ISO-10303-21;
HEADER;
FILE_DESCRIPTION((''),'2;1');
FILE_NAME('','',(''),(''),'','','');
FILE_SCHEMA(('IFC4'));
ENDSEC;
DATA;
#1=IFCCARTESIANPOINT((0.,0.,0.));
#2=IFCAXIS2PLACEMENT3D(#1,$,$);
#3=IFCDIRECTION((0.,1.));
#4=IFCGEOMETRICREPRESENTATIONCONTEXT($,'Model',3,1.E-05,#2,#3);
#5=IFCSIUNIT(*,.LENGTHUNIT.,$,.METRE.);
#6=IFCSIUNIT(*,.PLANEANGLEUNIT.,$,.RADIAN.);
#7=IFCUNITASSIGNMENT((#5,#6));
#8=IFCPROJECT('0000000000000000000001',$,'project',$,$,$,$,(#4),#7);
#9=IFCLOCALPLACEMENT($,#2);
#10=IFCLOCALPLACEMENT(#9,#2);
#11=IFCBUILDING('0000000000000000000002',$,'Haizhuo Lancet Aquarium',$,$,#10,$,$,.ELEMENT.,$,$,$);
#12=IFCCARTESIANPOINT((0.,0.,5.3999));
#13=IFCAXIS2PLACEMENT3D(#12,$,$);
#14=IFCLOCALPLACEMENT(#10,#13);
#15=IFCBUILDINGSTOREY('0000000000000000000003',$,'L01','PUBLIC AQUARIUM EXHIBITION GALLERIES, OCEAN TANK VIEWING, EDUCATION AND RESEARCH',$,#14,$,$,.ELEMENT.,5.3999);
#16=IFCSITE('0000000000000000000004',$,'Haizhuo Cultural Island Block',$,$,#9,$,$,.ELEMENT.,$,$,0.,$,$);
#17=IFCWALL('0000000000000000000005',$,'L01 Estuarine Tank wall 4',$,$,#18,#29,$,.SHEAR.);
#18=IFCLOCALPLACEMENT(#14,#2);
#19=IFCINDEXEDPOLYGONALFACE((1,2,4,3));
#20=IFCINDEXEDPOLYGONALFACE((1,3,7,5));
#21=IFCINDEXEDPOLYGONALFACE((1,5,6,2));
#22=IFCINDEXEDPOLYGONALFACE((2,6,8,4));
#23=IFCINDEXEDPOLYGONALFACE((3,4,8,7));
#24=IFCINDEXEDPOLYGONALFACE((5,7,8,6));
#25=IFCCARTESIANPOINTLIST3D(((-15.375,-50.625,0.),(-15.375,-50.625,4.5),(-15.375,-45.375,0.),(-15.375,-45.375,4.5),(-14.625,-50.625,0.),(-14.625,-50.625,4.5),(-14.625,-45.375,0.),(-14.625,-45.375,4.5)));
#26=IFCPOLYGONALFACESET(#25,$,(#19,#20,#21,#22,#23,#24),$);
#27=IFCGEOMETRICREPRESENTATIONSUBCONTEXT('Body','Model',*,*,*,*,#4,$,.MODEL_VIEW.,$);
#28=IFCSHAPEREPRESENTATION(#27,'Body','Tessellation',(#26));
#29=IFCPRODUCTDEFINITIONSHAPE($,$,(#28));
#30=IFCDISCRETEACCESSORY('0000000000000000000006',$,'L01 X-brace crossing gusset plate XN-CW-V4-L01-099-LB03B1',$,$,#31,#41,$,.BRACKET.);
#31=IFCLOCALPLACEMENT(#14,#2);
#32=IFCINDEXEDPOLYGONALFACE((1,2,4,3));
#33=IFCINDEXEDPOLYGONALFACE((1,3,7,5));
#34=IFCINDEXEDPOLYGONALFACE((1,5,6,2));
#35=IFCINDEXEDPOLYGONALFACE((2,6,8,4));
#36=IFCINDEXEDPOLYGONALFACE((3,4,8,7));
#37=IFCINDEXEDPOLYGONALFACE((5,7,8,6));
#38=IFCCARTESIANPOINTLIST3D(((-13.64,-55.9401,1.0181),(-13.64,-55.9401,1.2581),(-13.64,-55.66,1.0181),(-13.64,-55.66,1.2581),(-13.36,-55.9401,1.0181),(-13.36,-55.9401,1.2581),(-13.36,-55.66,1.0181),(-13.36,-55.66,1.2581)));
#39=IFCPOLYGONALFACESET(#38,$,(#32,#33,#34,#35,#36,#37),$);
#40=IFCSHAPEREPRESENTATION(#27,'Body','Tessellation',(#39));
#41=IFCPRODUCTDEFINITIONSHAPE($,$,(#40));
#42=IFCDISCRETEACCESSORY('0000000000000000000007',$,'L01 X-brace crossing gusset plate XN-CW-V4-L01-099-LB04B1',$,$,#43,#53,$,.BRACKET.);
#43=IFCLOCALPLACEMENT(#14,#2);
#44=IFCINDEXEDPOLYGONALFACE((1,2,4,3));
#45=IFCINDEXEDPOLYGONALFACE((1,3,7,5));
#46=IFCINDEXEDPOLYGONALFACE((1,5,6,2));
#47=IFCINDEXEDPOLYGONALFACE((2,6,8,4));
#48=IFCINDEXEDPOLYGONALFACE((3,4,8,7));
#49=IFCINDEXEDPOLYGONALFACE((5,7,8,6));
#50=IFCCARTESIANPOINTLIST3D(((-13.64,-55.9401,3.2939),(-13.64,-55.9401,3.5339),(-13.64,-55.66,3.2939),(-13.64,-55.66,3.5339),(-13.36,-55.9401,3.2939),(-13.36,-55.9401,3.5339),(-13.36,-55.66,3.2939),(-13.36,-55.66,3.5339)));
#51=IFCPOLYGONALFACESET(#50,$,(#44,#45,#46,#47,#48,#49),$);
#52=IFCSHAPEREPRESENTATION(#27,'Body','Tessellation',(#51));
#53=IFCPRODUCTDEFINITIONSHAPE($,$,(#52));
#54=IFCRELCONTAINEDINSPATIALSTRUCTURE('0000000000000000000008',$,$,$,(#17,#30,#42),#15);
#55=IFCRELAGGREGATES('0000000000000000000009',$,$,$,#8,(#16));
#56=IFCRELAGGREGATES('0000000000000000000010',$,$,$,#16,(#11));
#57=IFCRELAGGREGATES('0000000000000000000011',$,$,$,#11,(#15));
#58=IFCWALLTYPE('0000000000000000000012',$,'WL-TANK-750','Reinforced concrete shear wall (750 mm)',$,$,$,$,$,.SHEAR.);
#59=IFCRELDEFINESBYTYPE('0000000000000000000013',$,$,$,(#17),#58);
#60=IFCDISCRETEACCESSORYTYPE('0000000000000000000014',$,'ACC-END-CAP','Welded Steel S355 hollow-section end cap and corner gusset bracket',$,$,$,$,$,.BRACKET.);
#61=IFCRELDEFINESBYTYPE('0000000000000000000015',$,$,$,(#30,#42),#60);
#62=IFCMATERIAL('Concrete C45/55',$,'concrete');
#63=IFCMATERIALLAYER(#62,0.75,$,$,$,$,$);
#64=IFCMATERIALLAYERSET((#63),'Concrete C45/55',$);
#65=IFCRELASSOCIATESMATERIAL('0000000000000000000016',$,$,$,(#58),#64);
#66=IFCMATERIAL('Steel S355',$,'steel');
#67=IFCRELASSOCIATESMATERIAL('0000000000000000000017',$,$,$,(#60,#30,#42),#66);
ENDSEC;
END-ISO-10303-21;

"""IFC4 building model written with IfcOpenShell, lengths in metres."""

from ifc_helpers import new_model, si_unit, direction, frame, frame_2d, origin, origin_2d, place, context, subcontext, project, spatial, rectangle, extrude, material, layer, layer_set, type_object, element, save


model = new_model("IFC4")

# Units and contexts
model_context = context("Model", 3, precision=1e-05, world=origin(), true_north=direction((0.0, 1.0)))
body_context = subcontext(model_context, "Body", "Model", "MODEL_VIEW")
ifc_project = project(units=[si_unit("LENGTHUNIT", "METRE"), si_unit("PLANEANGLEUNIT", "RADIAN")], contexts=[model_context])

# Site, building, storey
site_placement = place(None, origin())
site = spatial("IfcSite", under=ifc_project, at=site_placement, Name="Haizhuo Cultural Island Block", CompositionType="ELEMENT", RefElevation=0.0)
building_placement = place(site_placement, origin())
building = spatial("IfcBuilding", under=site, at=building_placement, Name="Haizhuo Lancet Aquarium", CompositionType="ELEMENT")
storey_placement = place(building_placement, frame((0.0, 0.0, 5.3999)))
storey = spatial("IfcBuildingStorey", under=building, at=storey_placement, Name="L01", Description="PUBLIC AQUARIUM EXHIBITION GALLERIES, OCEAN TANK VIEWING, EDUCATION AND RESEARCH", CompositionType="ELEMENT", Elevation=5.3999)

# Shared definitions
ifc_material_1 = material(Name="Steel S355", Category="steel")

# Shared definitions
ifc_material_2 = material(Name="Concrete C45/55", Category="concrete")
ifc_layer_1 = layer(ifc_material_2, 0.75)
ifc_layer_set_1 = layer_set([ifc_layer_1], Name="Concrete C45/55")
wall_type_1 = type_object("IfcWallType", Name="WL-TANK-750", Description="Reinforced concrete shear wall (750 mm)", PredefinedType="SHEAR", material=ifc_layer_set_1)

# Wall
wall_1_placement = place(storey_placement, frame((-15.0, -45.375, 0.0), z_axis=(0.0, 0.0, 1.0), x_axis=(0.0, -1.0, 0.0)))
element("IfcWall", 1, at=wall_1_placement, inside=storey, type_object=wall_type_1, Name="L01 Estuarine Tank wall 4", PredefinedType="SHEAR", context=body_context, shape_type="SweptSolid", body=[
    extrude(rectangle(XDim=5.25, YDim=0.75, at=frame_2d((2.625, 0.0))), origin(), (0.0, 0.0, 1.0), 4.5),
])

# Discrete accessories
discrete_accessory_type = type_object("IfcDiscreteAccessoryType", Name="ACC-END-CAP", Description="Welded Steel S355 hollow-section end cap and corner gusset bracket", PredefinedType="BRACKET", material=ifc_material_1)
for number, where, z_axis, x_axis, name in (
    (2, (-13.5, -55.8, 1.0181), (0.0, 0.0, 1.0), (1.0, 0.0, 0.0), "L01 X-brace crossing gusset plate XN-CW-V4-L01-099-LB03B1"),
    (3, (-13.5, -55.8, 3.2939), (0.0, 0.0, 1.0), (1.0, 0.0, 0.0), "L01 X-brace crossing gusset plate XN-CW-V4-L01-099-LB04B1"),
):
    element("IfcDiscreteAccessory", number, at=place(storey_placement, frame(where, z_axis=z_axis, x_axis=x_axis)), inside=storey, type_object=discrete_accessory_type, material=ifc_material_1, Name=name, PredefinedType="BRACKET", context=body_context, shape_type="SweptSolid", body=[
        extrude(rectangle(XDim=0.28, YDim=0.28, at=origin_2d()), origin(), (0.0, 0.0, 1.0), 0.24),
    ])

save(model, "model.ifc")
